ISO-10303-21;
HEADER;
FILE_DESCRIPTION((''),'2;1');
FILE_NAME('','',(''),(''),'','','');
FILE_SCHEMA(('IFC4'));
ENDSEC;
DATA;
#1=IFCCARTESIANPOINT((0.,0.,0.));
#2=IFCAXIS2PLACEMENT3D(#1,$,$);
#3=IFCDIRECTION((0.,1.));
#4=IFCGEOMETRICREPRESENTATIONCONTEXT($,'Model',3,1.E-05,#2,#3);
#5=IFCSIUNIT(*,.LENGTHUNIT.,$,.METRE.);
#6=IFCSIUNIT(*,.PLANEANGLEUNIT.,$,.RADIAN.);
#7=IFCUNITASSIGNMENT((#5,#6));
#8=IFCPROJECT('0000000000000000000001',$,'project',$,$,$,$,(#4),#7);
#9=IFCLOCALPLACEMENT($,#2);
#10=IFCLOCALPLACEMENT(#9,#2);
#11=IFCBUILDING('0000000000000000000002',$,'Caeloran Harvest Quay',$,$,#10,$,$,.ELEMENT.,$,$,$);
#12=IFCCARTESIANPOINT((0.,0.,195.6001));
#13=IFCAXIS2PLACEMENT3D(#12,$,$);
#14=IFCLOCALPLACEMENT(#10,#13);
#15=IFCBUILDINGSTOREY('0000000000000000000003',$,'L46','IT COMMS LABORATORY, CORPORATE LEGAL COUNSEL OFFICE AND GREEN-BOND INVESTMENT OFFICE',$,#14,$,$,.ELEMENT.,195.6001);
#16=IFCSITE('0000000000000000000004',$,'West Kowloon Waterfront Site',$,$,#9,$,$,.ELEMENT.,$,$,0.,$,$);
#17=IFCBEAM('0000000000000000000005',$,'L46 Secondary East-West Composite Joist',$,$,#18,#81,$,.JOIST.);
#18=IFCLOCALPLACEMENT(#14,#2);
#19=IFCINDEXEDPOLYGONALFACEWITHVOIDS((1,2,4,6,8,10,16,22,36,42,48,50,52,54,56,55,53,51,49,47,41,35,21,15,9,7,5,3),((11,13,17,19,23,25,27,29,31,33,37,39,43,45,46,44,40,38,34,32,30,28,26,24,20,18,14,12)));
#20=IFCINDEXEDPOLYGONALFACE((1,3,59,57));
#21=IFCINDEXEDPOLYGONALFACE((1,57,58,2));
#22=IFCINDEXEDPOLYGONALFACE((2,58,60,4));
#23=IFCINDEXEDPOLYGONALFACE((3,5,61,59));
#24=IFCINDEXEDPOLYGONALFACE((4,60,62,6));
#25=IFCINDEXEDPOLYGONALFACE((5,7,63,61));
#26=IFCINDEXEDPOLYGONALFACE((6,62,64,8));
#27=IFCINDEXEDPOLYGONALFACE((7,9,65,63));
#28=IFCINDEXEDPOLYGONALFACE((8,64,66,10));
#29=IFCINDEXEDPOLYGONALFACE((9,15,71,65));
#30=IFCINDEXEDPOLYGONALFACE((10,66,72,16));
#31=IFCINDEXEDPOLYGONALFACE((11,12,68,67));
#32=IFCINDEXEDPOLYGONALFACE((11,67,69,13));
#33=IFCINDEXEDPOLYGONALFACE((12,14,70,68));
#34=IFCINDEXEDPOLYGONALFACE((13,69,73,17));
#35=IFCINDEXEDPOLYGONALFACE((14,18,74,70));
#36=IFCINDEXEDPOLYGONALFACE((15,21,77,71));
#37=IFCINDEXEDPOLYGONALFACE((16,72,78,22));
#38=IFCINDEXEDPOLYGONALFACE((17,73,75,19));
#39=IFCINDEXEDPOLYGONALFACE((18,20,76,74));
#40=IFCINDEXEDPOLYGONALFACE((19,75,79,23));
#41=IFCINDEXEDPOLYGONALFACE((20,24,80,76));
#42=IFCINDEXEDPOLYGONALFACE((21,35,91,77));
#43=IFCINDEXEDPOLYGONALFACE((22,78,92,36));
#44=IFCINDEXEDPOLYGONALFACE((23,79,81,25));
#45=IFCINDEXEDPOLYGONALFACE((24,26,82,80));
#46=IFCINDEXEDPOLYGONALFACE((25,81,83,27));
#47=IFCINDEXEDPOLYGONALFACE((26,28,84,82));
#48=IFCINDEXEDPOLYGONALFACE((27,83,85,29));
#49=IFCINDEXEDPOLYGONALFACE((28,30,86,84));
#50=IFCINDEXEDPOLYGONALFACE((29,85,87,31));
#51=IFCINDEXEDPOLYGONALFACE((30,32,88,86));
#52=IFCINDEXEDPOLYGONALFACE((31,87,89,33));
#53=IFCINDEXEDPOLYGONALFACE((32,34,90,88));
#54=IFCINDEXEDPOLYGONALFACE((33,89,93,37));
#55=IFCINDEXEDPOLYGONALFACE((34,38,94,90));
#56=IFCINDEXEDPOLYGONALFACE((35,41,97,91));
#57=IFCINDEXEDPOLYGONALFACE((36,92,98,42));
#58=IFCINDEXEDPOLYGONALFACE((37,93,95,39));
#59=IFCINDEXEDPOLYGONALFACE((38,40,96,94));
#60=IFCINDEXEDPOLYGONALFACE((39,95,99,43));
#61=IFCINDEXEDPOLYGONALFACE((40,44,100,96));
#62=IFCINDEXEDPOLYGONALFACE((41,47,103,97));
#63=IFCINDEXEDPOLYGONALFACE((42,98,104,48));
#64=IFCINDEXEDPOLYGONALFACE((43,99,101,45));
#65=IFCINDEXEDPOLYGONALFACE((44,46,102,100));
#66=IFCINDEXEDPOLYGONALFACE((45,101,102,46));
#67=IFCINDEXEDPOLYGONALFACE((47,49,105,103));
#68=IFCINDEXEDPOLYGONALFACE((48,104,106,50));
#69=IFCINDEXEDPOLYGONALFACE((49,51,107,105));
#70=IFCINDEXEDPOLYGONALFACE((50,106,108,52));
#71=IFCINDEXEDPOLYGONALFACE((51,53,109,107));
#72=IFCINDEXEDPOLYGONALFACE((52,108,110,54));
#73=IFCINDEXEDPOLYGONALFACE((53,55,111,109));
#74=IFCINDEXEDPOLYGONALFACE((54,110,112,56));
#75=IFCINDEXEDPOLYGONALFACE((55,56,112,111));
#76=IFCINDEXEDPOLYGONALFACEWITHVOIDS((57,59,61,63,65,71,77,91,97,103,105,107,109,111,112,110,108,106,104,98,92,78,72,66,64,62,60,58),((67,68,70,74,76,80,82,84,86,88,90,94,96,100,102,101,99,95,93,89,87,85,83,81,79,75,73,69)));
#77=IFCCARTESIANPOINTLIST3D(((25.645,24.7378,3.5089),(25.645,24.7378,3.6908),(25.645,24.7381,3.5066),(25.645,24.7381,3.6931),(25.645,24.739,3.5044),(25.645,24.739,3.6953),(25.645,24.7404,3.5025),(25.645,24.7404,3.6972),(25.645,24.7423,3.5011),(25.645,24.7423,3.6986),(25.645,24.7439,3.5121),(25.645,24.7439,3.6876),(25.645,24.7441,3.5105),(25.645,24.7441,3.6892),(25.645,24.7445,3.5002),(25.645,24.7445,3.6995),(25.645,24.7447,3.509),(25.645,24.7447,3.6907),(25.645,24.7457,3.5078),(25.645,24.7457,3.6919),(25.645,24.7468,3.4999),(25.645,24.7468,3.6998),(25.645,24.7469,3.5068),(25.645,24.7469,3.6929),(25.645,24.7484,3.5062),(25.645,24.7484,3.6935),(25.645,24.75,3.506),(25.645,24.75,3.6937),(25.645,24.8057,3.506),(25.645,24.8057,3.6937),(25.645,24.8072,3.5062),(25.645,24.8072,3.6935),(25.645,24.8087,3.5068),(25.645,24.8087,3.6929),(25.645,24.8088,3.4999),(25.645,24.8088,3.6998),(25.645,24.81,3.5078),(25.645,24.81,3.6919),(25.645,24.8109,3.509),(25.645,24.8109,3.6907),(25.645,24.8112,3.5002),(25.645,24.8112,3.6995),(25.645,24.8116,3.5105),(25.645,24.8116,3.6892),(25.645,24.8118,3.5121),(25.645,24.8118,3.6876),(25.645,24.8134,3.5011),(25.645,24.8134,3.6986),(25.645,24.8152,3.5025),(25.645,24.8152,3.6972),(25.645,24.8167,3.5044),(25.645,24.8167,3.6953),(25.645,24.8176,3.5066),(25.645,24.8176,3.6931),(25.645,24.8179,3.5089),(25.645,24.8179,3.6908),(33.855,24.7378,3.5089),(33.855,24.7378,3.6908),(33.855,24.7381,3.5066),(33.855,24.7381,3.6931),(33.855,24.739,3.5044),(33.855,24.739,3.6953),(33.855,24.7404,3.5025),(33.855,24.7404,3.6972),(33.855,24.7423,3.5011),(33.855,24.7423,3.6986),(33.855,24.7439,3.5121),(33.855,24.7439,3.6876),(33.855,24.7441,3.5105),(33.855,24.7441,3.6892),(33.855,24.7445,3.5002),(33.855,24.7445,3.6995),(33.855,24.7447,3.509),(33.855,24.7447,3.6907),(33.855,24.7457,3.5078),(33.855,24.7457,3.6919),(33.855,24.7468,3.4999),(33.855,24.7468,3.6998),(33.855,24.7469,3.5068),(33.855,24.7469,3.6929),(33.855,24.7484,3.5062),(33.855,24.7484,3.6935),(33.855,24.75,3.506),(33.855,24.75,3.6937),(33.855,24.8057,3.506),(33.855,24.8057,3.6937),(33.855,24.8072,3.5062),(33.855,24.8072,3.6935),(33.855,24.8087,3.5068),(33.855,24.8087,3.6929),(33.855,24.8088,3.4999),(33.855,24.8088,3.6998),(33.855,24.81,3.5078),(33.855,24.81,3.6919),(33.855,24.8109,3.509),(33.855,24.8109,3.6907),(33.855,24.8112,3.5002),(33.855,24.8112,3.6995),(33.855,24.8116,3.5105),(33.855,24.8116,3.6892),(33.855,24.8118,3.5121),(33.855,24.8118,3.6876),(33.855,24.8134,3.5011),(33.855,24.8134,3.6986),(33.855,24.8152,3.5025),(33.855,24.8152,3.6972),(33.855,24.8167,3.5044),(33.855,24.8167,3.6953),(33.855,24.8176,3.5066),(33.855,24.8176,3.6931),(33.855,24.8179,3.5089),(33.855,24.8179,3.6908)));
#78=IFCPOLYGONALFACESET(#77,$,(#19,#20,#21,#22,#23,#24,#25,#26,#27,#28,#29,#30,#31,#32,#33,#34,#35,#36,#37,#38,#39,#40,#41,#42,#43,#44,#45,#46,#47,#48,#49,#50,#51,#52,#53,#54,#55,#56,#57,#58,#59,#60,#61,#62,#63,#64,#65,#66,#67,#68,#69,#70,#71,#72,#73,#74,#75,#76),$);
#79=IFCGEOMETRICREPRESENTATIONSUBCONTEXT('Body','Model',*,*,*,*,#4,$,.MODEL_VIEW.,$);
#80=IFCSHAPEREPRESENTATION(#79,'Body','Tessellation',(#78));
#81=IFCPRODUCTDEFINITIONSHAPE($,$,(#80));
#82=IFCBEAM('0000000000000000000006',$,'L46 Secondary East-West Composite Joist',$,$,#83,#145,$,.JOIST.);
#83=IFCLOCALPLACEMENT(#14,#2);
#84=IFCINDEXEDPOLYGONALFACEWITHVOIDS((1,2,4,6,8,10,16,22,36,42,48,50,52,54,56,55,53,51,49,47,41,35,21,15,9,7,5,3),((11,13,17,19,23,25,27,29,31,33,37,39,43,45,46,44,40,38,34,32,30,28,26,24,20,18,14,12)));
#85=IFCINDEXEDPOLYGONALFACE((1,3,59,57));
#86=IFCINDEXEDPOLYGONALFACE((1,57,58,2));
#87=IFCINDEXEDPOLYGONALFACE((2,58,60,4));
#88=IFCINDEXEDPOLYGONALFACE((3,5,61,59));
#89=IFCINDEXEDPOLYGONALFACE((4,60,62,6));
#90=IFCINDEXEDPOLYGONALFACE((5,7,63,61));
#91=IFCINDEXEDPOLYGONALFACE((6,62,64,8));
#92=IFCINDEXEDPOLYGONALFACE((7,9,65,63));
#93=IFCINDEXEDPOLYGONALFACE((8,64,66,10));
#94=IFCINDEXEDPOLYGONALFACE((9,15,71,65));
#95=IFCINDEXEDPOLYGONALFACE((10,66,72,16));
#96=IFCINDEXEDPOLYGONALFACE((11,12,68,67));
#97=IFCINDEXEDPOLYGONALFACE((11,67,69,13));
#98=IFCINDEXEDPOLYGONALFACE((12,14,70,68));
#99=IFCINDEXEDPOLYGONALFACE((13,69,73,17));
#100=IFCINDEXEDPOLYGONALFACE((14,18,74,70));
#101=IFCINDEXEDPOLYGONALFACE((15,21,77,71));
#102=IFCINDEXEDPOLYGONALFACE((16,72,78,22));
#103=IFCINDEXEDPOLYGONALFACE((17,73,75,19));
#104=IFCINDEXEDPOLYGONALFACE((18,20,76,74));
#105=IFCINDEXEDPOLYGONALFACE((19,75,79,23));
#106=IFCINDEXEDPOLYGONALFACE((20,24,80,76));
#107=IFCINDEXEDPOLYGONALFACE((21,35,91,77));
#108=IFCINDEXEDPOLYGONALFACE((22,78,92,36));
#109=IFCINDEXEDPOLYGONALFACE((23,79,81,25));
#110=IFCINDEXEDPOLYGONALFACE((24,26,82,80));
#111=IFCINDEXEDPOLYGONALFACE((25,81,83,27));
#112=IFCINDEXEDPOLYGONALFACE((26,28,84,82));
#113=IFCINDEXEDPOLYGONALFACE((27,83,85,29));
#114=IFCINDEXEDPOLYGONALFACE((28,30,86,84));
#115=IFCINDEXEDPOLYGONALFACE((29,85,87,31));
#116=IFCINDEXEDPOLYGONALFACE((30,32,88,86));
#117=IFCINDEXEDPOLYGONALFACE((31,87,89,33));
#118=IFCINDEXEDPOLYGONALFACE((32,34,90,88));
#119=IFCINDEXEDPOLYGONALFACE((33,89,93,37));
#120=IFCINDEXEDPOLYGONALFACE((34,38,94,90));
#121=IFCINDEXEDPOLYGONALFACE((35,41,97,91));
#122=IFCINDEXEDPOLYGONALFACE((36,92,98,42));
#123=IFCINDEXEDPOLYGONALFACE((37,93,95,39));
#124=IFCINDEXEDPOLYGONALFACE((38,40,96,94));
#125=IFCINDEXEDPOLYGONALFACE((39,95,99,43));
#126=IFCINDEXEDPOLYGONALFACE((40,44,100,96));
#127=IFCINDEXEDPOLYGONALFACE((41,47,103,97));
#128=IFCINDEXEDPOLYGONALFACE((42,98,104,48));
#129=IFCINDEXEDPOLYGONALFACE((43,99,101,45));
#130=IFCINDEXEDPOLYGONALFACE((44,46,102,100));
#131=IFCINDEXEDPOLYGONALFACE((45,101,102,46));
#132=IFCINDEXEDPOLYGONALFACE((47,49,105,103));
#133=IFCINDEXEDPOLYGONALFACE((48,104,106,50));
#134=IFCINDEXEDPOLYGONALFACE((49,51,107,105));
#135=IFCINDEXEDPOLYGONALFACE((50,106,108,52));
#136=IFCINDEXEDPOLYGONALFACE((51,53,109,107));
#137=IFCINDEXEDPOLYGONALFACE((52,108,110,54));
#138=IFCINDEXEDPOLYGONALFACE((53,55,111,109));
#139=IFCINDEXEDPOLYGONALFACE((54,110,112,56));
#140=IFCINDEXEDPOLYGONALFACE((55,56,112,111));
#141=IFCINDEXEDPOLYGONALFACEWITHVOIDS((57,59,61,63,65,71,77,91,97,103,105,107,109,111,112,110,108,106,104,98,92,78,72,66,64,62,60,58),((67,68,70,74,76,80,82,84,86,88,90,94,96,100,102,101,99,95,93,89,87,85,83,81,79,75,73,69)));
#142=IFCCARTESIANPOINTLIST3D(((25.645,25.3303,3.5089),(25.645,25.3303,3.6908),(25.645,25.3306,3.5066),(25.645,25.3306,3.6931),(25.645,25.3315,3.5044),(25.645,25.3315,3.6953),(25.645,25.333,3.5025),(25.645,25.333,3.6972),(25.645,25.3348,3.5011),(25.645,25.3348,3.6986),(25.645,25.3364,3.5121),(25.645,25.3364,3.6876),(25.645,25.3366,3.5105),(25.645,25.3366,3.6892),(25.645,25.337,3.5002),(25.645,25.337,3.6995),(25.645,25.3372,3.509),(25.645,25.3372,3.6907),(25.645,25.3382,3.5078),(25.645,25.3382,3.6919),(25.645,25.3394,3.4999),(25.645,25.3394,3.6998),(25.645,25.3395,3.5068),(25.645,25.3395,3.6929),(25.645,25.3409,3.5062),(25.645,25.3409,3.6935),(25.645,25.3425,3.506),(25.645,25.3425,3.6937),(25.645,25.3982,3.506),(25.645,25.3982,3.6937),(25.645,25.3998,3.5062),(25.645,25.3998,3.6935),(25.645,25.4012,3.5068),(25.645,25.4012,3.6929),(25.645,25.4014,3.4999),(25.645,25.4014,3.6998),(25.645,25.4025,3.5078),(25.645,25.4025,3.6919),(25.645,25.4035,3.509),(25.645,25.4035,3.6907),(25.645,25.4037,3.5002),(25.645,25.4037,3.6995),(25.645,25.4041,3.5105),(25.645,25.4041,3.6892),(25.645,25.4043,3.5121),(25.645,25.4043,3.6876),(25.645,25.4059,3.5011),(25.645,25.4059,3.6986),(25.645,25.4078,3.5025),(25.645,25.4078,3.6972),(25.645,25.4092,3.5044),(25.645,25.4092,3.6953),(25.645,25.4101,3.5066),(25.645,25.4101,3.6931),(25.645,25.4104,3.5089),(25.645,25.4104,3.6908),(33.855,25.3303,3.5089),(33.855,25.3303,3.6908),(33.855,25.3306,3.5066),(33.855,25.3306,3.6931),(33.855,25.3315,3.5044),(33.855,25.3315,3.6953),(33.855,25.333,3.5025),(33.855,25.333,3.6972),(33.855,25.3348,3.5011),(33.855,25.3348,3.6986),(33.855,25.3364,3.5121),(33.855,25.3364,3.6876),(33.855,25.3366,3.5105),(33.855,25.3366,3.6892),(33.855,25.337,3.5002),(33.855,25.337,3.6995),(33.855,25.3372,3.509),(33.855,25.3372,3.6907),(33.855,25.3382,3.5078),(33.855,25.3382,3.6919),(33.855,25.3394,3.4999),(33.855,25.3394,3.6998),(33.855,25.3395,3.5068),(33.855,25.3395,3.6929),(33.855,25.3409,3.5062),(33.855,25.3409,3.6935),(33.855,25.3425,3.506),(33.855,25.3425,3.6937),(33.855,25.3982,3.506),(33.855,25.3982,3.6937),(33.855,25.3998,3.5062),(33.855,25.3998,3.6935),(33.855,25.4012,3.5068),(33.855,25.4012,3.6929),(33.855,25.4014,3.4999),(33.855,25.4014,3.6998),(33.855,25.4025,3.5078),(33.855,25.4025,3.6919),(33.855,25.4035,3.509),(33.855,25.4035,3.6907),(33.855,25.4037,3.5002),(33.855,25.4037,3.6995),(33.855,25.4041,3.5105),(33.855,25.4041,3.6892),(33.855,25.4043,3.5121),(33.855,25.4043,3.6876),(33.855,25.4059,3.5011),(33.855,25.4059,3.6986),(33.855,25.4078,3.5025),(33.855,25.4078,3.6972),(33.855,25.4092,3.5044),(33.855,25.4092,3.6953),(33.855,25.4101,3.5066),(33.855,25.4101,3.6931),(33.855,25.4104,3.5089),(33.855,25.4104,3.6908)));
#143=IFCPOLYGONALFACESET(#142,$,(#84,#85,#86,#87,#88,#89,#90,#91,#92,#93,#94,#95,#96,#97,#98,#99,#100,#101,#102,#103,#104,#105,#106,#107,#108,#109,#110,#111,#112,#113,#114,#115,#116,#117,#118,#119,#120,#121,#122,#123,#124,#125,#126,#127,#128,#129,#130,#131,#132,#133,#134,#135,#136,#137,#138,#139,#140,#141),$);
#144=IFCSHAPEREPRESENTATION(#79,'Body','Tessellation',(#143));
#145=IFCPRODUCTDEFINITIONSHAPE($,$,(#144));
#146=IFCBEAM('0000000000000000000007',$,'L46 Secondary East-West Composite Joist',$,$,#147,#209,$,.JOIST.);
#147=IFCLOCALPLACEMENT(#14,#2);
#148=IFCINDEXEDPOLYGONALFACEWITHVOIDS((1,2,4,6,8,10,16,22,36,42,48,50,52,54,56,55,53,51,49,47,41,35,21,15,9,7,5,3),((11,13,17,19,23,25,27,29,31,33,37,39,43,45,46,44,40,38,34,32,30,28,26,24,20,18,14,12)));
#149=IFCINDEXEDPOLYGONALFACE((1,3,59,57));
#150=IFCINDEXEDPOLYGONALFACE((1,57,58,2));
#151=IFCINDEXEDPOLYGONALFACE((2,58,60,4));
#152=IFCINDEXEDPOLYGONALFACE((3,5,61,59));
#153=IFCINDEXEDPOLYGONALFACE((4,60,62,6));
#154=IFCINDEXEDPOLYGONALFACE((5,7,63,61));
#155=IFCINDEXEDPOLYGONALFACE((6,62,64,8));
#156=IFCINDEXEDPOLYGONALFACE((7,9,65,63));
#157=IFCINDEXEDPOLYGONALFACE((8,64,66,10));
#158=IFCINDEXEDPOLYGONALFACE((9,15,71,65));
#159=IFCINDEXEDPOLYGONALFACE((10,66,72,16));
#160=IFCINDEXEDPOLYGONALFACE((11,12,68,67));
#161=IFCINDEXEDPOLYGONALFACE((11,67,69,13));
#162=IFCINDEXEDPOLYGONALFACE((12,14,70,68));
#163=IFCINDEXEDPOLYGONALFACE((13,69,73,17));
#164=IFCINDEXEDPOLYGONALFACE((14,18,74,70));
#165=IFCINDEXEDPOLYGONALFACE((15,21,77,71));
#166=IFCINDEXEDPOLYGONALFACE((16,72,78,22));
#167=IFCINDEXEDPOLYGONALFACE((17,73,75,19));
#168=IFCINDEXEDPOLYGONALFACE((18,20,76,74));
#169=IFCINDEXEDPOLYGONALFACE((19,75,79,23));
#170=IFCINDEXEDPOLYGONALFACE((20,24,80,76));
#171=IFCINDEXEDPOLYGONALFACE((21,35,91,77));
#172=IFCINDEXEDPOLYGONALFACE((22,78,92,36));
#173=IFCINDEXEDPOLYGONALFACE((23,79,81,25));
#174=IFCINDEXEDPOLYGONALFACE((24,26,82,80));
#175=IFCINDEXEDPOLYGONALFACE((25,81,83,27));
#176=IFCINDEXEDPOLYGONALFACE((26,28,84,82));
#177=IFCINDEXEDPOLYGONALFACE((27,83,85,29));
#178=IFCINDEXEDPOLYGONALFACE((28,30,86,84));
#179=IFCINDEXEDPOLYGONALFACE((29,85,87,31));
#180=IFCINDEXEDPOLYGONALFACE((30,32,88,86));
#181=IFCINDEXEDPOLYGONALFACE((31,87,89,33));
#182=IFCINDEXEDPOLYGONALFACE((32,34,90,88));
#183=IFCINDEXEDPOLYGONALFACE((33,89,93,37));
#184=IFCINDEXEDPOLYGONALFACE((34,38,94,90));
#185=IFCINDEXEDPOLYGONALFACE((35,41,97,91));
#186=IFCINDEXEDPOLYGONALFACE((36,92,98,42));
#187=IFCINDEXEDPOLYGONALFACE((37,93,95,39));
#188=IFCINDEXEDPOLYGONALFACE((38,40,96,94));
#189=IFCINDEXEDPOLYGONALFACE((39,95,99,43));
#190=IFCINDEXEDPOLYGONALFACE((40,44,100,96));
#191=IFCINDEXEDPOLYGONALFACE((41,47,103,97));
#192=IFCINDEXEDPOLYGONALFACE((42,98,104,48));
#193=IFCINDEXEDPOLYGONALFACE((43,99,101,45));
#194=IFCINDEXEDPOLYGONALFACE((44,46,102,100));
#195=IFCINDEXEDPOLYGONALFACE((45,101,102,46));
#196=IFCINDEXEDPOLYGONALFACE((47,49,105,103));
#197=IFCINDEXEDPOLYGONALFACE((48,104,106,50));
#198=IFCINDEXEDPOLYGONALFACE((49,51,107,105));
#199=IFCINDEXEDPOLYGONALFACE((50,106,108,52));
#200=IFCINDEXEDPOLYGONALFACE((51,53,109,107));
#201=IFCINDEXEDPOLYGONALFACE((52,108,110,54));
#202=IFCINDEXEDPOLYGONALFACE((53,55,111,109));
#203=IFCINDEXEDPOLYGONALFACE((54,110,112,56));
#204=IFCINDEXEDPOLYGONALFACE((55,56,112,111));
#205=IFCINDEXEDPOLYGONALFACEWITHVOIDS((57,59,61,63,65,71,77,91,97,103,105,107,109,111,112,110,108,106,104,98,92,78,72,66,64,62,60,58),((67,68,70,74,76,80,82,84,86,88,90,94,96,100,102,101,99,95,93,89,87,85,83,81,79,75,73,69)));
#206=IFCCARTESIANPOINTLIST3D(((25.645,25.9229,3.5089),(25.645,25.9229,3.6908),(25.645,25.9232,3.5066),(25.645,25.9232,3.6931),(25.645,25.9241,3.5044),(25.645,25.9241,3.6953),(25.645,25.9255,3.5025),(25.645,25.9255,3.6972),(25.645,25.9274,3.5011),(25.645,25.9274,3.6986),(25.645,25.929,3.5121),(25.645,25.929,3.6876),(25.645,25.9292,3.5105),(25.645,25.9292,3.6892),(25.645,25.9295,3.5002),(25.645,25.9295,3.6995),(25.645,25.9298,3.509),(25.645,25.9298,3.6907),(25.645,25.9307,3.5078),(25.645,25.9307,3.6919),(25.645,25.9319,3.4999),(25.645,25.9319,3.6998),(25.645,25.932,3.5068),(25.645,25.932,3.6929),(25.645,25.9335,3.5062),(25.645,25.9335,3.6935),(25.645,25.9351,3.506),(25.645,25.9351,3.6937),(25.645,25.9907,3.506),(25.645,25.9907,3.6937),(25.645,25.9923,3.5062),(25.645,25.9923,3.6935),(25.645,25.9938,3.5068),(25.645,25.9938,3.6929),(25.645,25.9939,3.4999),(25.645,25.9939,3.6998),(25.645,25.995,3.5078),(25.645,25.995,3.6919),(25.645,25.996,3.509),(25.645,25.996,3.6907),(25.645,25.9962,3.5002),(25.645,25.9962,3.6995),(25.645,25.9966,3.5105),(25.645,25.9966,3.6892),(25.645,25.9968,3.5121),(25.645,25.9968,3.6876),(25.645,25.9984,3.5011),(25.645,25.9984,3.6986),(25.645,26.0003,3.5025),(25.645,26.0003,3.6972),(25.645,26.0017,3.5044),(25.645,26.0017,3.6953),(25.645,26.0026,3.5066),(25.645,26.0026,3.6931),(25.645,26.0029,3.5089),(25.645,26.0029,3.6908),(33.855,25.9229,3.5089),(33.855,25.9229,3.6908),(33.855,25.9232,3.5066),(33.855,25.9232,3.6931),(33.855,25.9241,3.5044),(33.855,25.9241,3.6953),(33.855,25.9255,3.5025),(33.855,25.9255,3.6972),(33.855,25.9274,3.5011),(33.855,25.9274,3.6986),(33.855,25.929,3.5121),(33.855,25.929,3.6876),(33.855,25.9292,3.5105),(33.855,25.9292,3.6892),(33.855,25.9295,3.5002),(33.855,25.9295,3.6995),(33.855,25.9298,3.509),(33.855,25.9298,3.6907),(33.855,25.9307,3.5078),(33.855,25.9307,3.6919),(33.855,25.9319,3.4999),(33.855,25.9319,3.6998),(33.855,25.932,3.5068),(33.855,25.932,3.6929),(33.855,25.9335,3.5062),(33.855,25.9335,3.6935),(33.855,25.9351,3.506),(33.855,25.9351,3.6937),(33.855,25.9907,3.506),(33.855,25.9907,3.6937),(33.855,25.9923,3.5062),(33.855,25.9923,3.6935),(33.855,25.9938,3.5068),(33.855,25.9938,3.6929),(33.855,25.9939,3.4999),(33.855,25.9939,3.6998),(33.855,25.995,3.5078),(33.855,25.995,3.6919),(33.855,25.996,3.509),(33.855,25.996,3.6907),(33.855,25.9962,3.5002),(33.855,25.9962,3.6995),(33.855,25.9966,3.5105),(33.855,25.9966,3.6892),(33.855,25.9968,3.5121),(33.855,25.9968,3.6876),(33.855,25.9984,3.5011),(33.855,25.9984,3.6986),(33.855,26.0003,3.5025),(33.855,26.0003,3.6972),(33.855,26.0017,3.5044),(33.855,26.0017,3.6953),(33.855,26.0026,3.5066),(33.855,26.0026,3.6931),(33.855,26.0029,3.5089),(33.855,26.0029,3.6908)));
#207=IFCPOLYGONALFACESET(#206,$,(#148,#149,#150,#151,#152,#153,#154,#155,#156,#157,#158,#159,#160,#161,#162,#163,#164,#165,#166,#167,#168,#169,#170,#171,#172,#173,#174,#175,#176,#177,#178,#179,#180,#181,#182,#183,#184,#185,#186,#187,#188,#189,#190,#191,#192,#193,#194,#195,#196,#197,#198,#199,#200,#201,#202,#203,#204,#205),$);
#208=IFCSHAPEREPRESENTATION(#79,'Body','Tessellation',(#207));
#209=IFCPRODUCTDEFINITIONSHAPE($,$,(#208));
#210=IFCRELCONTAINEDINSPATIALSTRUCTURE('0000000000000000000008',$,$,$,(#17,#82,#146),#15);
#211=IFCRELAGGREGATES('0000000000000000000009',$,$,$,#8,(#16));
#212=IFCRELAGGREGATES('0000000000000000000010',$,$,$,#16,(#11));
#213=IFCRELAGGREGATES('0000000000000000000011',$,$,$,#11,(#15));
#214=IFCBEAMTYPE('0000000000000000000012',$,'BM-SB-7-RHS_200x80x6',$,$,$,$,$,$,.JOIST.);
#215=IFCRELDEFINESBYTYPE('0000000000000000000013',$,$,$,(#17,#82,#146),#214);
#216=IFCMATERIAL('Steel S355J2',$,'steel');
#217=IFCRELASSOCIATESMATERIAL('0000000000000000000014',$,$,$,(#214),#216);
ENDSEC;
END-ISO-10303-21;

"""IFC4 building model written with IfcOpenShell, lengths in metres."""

from ifc_helpers import new_model, si_unit, direction, frame, origin, origin_2d, place, context, subcontext, project, spatial, hollow_rectangle, extrude, material, material_profile, profile_set, type_object, element, save


model = new_model("IFC4")

# Units and contexts
model_context = context("Model", 3, precision=1e-05, world=origin(), true_north=direction((0.0, 1.0)))
body_context = subcontext(model_context, "Body", "Model", "MODEL_VIEW")
ifc_project = project(units=[si_unit("LENGTHUNIT", "METRE"), si_unit("PLANEANGLEUNIT", "RADIAN")], contexts=[model_context])

# Site, building, storey
site_placement = place(None, origin())
site = spatial("IfcSite", under=ifc_project, at=site_placement, Name="West Kowloon Waterfront Site", CompositionType="ELEMENT", RefElevation=0.0)
building_placement = place(site_placement, origin())
building = spatial("IfcBuilding", under=site, at=building_placement, Name="Caeloran Harvest Quay", CompositionType="ELEMENT")
storey_placement = place(building_placement, frame((0.0, 0.0, 195.6001)))
storey = spatial("IfcBuildingStorey", under=building, at=storey_placement, Name="L46", Description="IT COMMS LABORATORY, CORPORATE LEGAL COUNSEL OFFICE AND GREEN-BOND INVESTMENT OFFICE", CompositionType="ELEMENT", Elevation=195.6001)

# Beams
ifc_material_1 = material(Name="Steel S355J2", Category="steel")
ifc_material_profile_1 = material_profile(ifc_material_1, hollow_rectangle(XDim=0.0801, YDim=0.2, WallThickness=0.0061, InnerFilletRadius=0.0061, OuterFilletRadius=0.009, at=origin_2d()), Name="RHS 200x80x6")
ifc_profile_set_1 = profile_set([ifc_material_profile_1], Name="Steel S355J2")
beam_type_1 = type_object("IfcBeamType", Name="BM-SB-7-RHS_200x80x6", PredefinedType="JOIST", material=ifc_profile_set_1)
for number, where, z_axis, x_axis, name in (
    (1, (25.645, 24.7778, 3.5999), (1.0, 0.0, 0.0), (0.0, 1.0, 0.0), "L46 Secondary East-West Composite Joist"),
    (2, (25.645, 25.3704, 3.5999), (1.0, 0.0, 0.0), (0.0, 1.0, 0.0), "L46 Secondary East-West Composite Joist"),
    (3, (25.645, 25.9629, 3.5999), (1.0, 0.0, 0.0), (0.0, 1.0, 0.0), "L46 Secondary East-West Composite Joist"),
):
    element("IfcBeam", number, at=place(storey_placement, frame(where, z_axis=z_axis, x_axis=x_axis)), inside=storey, type_object=beam_type_1, Name=name, PredefinedType="JOIST", context=body_context, shape_type="SweptSolid", body=[
        extrude(hollow_rectangle(XDim=0.0801, YDim=0.2, WallThickness=0.0061, InnerFilletRadius=0.0061, OuterFilletRadius=0.009, at=origin_2d()), origin(), (0.0, 0.0, 1.0), 8.21),
    ])

save(model, "model.ifc")
